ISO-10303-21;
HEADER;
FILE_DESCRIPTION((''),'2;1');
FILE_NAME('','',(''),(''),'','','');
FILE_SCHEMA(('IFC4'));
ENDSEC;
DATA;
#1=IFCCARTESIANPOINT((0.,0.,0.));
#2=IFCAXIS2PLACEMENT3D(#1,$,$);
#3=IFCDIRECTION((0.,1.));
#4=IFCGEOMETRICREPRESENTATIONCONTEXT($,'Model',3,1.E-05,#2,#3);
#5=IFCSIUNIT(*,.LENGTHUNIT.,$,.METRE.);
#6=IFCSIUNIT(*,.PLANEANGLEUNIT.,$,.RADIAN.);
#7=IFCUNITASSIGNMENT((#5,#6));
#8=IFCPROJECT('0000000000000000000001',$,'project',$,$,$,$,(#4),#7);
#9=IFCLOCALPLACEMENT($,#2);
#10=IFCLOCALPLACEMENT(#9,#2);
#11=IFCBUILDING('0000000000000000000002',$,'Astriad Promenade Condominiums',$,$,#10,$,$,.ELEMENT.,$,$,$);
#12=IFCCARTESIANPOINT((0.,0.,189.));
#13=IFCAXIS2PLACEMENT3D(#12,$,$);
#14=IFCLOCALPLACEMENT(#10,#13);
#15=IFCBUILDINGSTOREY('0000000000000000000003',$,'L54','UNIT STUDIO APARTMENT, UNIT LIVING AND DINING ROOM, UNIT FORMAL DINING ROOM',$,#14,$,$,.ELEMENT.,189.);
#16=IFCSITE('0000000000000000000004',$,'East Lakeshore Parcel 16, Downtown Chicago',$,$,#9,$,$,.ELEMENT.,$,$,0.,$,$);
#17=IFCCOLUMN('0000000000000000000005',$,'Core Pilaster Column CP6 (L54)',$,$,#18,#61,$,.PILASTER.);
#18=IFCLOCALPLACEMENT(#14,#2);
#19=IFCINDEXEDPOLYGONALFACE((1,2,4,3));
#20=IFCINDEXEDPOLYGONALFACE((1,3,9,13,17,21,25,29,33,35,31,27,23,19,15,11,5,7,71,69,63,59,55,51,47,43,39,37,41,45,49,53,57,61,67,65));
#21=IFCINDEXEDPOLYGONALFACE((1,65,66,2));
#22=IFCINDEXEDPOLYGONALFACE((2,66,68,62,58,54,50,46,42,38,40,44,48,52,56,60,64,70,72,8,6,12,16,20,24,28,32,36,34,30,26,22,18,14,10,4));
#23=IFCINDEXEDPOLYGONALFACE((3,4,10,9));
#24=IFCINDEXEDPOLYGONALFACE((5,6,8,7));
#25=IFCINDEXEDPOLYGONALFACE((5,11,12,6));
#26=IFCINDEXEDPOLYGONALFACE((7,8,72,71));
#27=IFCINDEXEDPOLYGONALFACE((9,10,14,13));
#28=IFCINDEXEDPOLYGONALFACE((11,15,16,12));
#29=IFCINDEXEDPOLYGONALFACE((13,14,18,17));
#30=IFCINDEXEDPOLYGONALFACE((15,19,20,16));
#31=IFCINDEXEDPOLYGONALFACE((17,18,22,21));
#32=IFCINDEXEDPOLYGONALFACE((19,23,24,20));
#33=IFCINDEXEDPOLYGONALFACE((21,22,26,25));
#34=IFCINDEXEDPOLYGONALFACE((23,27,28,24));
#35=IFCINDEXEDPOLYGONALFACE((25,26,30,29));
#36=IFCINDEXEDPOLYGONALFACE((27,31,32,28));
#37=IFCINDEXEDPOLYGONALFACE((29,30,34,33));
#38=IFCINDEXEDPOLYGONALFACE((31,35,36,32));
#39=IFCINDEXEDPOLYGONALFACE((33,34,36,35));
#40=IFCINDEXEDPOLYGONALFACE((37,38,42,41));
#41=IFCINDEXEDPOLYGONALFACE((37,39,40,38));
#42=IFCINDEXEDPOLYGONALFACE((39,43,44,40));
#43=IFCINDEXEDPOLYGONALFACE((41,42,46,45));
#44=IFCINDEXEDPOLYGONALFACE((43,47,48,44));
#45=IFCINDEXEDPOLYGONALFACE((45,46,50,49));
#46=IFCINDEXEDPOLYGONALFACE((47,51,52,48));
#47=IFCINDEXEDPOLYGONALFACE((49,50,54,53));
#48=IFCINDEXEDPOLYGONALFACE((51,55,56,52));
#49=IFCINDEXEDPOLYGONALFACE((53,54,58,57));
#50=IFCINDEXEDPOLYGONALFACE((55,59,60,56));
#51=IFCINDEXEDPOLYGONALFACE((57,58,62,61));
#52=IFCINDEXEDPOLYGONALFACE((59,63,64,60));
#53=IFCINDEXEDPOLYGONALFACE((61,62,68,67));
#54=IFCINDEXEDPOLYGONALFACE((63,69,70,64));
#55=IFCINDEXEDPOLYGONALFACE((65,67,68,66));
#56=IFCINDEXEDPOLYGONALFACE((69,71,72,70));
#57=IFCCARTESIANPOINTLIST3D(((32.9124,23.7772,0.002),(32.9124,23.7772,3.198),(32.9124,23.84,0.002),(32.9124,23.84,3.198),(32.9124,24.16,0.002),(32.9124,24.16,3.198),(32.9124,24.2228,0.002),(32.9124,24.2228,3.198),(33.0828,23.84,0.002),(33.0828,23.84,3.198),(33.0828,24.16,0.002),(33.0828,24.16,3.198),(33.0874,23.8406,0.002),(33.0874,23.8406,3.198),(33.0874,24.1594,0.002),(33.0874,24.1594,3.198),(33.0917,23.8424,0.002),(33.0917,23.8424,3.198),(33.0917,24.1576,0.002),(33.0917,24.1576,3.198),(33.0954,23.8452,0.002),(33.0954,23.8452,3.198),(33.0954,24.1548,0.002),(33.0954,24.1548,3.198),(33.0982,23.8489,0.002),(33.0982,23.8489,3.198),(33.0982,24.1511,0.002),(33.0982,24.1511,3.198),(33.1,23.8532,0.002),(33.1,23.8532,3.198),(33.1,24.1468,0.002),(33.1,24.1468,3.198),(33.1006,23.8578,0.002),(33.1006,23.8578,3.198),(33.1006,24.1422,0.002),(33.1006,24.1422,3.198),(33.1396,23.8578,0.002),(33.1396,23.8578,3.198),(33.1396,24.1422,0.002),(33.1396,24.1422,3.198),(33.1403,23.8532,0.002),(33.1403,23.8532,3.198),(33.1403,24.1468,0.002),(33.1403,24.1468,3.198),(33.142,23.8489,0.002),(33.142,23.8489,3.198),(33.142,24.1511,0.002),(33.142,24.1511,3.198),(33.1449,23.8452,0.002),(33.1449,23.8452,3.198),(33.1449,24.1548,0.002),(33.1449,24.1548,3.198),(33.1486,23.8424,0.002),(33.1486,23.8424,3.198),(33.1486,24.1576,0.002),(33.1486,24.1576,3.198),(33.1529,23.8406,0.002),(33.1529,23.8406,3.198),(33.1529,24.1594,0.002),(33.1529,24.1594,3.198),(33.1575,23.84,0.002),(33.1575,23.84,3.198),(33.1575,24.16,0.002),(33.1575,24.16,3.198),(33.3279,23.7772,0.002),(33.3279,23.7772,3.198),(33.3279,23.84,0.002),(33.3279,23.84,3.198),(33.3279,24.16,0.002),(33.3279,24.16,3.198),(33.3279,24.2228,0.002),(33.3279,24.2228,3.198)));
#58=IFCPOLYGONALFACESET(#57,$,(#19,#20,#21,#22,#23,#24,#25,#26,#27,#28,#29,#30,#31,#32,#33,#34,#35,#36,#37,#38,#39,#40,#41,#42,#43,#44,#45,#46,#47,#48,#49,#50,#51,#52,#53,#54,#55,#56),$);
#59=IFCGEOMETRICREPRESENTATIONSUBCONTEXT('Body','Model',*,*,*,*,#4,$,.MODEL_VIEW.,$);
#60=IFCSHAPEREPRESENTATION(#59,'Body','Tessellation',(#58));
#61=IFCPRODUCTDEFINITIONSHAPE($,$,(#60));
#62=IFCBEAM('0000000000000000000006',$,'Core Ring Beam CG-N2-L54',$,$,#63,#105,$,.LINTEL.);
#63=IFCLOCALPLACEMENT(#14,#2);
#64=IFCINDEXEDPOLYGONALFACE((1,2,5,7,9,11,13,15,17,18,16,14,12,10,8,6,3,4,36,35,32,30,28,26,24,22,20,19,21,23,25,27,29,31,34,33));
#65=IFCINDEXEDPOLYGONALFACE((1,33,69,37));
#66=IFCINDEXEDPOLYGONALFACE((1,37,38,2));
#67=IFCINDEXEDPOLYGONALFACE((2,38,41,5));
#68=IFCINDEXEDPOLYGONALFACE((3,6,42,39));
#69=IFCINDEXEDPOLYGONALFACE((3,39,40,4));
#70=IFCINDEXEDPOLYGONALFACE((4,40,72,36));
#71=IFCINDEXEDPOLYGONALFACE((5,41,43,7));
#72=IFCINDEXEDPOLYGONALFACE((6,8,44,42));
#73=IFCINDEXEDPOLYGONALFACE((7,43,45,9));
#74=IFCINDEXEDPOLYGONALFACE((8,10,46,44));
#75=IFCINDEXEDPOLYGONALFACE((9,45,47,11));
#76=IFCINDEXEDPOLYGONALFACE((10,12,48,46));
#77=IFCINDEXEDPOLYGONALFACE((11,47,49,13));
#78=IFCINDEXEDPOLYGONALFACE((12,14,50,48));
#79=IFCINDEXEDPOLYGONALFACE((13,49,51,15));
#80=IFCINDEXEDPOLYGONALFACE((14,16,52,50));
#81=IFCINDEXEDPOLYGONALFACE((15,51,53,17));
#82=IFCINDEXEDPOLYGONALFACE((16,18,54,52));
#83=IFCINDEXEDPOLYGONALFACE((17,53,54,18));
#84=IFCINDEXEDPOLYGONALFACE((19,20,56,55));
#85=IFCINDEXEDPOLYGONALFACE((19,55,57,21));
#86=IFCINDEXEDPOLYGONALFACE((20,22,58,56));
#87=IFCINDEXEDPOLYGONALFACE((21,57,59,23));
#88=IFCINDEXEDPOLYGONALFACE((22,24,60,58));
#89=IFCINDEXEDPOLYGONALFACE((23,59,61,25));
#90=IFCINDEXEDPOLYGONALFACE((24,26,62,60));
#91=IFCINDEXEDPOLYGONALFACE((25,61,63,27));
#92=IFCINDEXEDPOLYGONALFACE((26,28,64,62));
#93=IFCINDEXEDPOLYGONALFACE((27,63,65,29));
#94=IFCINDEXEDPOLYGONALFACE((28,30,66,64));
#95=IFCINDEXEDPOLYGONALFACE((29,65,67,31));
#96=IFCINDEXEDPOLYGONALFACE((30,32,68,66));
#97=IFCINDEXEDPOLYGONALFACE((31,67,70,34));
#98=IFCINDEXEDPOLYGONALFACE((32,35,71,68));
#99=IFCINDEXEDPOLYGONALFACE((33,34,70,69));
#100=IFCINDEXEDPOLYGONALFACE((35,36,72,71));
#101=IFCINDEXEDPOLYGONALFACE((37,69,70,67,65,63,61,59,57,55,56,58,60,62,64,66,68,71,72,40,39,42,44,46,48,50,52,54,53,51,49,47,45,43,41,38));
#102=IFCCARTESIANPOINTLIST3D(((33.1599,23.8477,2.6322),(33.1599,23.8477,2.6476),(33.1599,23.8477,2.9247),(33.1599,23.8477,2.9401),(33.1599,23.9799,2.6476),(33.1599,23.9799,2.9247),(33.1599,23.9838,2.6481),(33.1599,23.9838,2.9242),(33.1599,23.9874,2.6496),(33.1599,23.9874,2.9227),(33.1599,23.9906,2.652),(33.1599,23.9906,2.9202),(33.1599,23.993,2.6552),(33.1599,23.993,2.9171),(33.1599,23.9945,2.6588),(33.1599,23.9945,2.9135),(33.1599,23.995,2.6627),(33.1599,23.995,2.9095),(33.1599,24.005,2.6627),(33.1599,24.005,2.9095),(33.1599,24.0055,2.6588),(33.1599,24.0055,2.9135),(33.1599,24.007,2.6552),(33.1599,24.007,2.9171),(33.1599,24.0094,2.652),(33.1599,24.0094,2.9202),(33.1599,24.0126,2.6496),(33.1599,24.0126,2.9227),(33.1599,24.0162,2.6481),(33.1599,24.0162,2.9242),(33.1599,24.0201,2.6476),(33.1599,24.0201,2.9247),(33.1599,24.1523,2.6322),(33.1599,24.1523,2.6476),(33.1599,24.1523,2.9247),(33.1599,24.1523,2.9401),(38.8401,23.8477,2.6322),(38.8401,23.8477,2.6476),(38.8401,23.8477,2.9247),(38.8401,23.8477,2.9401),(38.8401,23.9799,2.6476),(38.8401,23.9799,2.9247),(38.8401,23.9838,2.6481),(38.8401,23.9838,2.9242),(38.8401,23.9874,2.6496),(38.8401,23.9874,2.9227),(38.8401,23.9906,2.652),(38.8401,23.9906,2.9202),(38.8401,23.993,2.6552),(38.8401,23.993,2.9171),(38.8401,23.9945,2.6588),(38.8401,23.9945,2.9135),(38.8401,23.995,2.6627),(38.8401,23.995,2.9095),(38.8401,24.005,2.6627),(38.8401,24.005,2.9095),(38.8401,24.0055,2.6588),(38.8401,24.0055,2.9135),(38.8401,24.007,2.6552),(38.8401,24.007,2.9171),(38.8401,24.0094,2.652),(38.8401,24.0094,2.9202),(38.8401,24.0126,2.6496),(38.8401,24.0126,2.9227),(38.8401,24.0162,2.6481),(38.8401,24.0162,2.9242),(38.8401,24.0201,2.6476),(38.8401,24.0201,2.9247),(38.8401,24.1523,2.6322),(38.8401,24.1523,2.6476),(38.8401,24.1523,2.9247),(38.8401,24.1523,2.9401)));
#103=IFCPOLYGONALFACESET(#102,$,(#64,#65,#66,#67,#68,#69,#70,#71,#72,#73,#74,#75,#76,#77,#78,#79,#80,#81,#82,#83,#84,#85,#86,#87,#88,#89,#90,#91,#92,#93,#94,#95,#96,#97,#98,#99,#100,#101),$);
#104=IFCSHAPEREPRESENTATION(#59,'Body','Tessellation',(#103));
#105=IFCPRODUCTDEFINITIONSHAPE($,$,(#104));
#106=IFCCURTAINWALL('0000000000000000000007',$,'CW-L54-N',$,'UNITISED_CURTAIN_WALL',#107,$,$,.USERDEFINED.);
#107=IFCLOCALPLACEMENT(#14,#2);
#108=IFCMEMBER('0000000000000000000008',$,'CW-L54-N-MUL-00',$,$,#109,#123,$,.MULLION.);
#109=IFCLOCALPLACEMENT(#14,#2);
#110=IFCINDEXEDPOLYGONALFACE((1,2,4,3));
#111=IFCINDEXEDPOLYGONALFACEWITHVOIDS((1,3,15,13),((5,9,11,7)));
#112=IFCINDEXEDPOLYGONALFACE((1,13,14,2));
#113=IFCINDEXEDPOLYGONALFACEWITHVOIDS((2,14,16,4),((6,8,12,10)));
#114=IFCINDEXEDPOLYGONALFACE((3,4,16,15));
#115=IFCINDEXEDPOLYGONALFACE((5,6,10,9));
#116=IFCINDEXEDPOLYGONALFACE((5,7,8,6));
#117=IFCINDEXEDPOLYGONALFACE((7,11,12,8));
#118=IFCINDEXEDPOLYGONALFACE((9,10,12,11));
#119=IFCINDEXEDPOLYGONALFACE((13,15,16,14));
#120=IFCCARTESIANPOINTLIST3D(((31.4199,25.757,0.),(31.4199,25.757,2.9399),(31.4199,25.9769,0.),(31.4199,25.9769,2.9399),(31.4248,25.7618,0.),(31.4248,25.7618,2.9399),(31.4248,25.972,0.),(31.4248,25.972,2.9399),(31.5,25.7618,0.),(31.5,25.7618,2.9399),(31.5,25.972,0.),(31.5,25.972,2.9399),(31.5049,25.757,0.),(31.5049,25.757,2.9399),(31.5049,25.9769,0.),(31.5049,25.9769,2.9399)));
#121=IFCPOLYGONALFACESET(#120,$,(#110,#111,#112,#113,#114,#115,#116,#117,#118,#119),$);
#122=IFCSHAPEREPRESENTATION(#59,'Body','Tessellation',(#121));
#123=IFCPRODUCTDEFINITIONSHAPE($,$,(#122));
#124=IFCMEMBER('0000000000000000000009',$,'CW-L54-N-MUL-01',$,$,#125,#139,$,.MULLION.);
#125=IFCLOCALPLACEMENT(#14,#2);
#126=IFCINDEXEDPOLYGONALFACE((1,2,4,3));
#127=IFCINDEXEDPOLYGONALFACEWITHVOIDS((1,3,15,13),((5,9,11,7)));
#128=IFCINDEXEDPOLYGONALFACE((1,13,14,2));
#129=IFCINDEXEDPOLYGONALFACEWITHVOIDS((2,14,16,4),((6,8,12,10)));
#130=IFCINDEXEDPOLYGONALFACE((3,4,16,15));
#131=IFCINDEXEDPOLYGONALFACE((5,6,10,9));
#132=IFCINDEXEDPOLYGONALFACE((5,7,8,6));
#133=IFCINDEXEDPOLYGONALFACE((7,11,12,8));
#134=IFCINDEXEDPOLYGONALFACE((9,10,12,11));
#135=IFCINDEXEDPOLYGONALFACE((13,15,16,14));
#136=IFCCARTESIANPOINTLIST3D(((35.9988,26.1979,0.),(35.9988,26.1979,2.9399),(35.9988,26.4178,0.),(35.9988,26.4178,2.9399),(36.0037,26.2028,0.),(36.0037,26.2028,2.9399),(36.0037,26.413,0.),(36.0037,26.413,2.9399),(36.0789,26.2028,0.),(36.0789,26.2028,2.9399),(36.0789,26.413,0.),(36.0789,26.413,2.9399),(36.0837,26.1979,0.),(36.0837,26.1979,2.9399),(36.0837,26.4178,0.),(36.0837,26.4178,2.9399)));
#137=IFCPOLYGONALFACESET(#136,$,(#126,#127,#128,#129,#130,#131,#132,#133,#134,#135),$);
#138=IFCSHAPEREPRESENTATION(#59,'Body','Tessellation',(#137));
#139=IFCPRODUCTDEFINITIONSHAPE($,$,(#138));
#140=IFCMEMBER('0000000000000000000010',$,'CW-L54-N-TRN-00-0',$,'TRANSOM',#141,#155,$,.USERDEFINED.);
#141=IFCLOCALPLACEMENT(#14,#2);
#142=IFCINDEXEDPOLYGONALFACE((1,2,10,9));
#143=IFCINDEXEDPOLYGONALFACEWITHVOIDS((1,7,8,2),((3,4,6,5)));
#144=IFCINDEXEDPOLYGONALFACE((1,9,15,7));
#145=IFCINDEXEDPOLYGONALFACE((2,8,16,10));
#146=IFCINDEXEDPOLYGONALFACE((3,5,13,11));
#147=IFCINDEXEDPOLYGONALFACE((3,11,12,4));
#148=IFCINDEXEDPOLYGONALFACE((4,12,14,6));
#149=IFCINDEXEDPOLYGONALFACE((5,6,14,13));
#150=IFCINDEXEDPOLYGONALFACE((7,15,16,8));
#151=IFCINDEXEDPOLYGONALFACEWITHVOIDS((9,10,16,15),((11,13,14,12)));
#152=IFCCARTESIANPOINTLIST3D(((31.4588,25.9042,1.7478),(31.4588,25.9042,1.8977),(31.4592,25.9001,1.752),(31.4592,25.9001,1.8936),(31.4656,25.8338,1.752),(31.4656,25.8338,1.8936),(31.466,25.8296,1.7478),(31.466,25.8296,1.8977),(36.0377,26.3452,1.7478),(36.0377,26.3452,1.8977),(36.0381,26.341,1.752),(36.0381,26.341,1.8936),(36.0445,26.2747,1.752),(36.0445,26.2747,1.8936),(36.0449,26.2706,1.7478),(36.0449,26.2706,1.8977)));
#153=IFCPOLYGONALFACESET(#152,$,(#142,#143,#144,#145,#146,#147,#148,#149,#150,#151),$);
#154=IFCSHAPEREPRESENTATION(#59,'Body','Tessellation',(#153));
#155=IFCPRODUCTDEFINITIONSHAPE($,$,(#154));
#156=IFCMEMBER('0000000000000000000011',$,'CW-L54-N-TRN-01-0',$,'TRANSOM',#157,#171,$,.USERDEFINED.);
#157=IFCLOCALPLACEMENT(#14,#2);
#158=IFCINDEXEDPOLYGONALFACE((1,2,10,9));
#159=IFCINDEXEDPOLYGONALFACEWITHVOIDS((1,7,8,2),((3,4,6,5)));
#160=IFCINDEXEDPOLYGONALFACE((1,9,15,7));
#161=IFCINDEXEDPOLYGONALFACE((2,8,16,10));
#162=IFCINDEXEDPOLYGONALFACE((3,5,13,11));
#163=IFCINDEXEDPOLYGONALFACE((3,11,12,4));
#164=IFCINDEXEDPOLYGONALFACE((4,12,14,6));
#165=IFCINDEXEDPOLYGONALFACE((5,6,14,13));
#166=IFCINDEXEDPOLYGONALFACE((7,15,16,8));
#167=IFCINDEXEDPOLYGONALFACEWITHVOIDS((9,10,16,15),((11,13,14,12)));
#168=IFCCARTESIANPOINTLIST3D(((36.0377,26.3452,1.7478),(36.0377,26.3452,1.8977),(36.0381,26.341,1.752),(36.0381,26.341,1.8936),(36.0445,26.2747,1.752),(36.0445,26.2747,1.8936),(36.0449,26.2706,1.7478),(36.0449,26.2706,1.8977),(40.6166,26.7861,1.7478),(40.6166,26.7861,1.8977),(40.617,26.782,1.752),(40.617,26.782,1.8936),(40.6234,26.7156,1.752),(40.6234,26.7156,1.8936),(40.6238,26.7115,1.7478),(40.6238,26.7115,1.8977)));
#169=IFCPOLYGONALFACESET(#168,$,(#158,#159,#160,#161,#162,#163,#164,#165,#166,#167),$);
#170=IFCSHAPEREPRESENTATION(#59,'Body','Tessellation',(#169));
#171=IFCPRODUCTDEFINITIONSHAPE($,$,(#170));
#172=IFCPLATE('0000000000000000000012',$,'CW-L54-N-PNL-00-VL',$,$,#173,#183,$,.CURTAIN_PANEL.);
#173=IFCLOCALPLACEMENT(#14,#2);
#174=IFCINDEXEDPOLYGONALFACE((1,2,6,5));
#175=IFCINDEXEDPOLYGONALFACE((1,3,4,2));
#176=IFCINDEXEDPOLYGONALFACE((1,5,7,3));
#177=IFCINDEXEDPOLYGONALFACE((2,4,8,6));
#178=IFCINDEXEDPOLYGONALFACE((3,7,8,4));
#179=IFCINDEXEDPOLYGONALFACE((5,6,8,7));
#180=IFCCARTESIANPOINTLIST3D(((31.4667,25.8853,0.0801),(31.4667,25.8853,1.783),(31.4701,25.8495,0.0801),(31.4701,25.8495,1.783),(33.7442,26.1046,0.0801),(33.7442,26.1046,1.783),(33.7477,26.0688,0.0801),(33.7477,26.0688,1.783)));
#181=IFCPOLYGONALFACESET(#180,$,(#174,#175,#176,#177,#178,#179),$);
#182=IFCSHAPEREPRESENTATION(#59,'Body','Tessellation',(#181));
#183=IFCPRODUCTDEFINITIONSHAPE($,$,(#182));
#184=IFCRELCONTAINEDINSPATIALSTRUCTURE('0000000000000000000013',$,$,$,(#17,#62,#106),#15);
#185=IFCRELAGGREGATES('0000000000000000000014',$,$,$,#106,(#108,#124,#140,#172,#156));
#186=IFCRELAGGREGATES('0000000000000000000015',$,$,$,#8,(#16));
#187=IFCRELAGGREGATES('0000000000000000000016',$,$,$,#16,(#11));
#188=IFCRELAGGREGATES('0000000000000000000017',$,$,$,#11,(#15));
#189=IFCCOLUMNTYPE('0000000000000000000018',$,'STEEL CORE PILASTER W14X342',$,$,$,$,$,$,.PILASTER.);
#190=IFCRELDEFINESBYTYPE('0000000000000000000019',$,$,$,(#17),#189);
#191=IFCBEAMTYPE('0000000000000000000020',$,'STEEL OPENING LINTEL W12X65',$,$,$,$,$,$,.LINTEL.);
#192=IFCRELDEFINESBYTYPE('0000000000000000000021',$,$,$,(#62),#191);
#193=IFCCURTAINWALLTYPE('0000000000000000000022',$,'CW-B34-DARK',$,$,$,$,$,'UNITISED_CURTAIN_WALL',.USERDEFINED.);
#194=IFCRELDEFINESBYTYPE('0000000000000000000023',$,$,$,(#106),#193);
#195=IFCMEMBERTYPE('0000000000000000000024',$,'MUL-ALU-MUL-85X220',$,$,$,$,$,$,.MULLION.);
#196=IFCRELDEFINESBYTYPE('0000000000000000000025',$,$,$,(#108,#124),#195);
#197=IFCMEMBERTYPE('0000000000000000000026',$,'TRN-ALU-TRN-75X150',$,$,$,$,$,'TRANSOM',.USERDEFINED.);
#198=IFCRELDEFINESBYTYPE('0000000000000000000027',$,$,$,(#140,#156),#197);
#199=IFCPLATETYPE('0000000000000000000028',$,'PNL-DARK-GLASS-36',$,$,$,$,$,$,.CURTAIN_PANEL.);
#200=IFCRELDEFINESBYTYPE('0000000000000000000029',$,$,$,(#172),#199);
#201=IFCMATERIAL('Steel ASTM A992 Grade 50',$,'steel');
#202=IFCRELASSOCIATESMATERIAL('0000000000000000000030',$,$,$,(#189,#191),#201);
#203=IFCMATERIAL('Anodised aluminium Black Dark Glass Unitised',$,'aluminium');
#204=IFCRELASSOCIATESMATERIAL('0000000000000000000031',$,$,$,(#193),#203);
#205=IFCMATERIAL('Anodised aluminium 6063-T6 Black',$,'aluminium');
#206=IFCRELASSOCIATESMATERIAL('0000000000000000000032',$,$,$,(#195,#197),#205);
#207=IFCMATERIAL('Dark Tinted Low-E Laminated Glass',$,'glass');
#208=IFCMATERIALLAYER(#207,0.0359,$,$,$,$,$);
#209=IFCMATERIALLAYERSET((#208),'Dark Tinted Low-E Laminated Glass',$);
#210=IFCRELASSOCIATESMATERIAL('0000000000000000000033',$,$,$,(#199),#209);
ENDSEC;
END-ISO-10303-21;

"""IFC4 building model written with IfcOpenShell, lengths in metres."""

from ifc_helpers import new_model, si_unit, direction, frame, origin, origin_2d, place, context, subcontext, project, spatial, rectangle, hollow_rectangle, i_section, extrude, source, transform, mapped, material, layer, layer_set, material_profile, profile_set, type_object, type_shapes, element, aggregate, save


model = new_model("IFC4")

# Units and contexts
model_context = context("Model", 3, precision=1e-05, world=origin(), true_north=direction((0.0, 1.0)))
body_context = subcontext(model_context, "Body", "Model", "MODEL_VIEW")
ifc_project = project(units=[si_unit("LENGTHUNIT", "METRE"), si_unit("PLANEANGLEUNIT", "RADIAN")], contexts=[model_context])

# Site, building, storey
site_placement = place(None, origin())
site = spatial("IfcSite", under=ifc_project, at=site_placement, Name="East Lakeshore Parcel 16, Downtown Chicago", CompositionType="ELEMENT", RefElevation=0.0)
building_placement = place(site_placement, origin())
building = spatial("IfcBuilding", under=site, at=building_placement, Name="Astriad Promenade Condominiums", CompositionType="ELEMENT")
storey_placement = place(building_placement, frame((0.0, 0.0, 189.0)))
storey = spatial("IfcBuildingStorey", under=building, at=storey_placement, Name="L54", Description="UNIT STUDIO APARTMENT, UNIT LIVING AND DINING ROOM, UNIT FORMAL DINING ROOM", CompositionType="ELEMENT", Elevation=189.0)

# Column
ifc_material_1 = material(Name="Steel ASTM A992 Grade 50", Category="steel")
ifc_material_profile_1 = material_profile(ifc_material_1, i_section(OverallWidth=0.4155, OverallDepth=0.4456, WebThickness=0.0391, FlangeThickness=0.0627, FilletRadius=0.0178, at=origin_2d()), Name="W14X342")
ifc_profile_set_1 = profile_set([ifc_material_profile_1], Name="Steel ASTM A992 Grade 50")
column_type = type_object("IfcColumnType", Name="STEEL CORE PILASTER W14X342", PredefinedType="PILASTER", material=ifc_profile_set_1)
shared_shape_1 = source(origin(), body_context, "Body", "SweptSolid", [
    extrude(i_section(OverallWidth=0.4155, OverallDepth=0.4456, WebThickness=0.0391, FlangeThickness=0.0627, FilletRadius=0.0178, at=origin_2d()), origin(), (0.0, 0.0, 1.0), 3.196),
])
type_shapes(column_type, [shared_shape_1])
column_placement = place(storey_placement, frame((33.1201, 24.0, 0.002), z_axis=(0.0, 0.0, 1.0), x_axis=(1.0, 0.0, 0.0)))
element("IfcColumn", 1, at=column_placement, inside=storey, type_object=column_type, Name="Core Pilaster Column CP6 (L54)", PredefinedType="PILASTER", context=body_context, shape_type="MappedRepresentation", body=[
    mapped(shared_shape_1, transform((0.0, 0.0, 0.0), scale=1.0)),
])

# Beam
ifc_material_profile_2 = material_profile(ifc_material_1, i_section(OverallWidth=0.3047, OverallDepth=0.3079, WebThickness=0.01, FlangeThickness=0.0154, FilletRadius=0.0151, at=origin_2d()), Name="W12X65")
ifc_profile_set_2 = profile_set([ifc_material_profile_2], Name="Steel ASTM A992 Grade 50")
beam_type = type_object("IfcBeamType", Name="STEEL OPENING LINTEL W12X65", PredefinedType="LINTEL", material=ifc_profile_set_2)
shared_shape_2 = source(origin(), body_context, "Body", "SweptSolid", [
    extrude(i_section(OverallWidth=0.3047, OverallDepth=0.3079, WebThickness=0.01, FlangeThickness=0.0154, FilletRadius=0.0151, at=origin_2d()), origin(), (0.0, 0.0, 1.0), 5.6802),
])
type_shapes(beam_type, [shared_shape_2])
beam_placement = place(storey_placement, frame((33.1599, 24.0, 2.7861), z_axis=(1.0, 0.0, 0.0), x_axis=(0.0, 1.0, 0.0)))
element("IfcBeam", 2, at=beam_placement, inside=storey, type_object=beam_type, Name="Core Ring Beam CG-N2-L54", PredefinedType="LINTEL", context=body_context, shape_type="MappedRepresentation", body=[
    mapped(shared_shape_2, transform((0.0, 0.0, 0.0), scale=1.0)),
])

# Curtain wall, members, plate
ifc_material_2 = material(Name="Anodised aluminium Black Dark Glass Unitised", Category="aluminium")
curtain_wall_type = type_object("IfcCurtainWallType", Name="CW-B34-DARK", ElementType="UNITISED_CURTAIN_WALL", PredefinedType="USERDEFINED", material=ifc_material_2)
curtain_wall_placement = place(storey_placement, origin())
curtain_wall = element("IfcCurtainWall", 3, at=curtain_wall_placement, inside=storey, type_object=curtain_wall_type, Name="CW-L54-N", ObjectType="UNITISED_CURTAIN_WALL", PredefinedType="USERDEFINED")
ifc_material_3 = material(Name="Anodised aluminium 6063-T6 Black", Category="aluminium")
ifc_material_profile_3 = material_profile(ifc_material_3, hollow_rectangle(XDim=0.085, YDim=0.22, WallThickness=0.0049, at=origin_2d()), Name="ALU-MUL-85X220")
ifc_profile_set_3 = profile_set([ifc_material_profile_3], Name="Anodised aluminium 6063-T6 Black")
member_type_1 = type_object("IfcMemberType", Name="MUL-ALU-MUL-85X220", PredefinedType="MULLION", material=ifc_profile_set_3)
shared_shape_3 = source(origin(), body_context, "Body", "SweptSolid", [
    extrude(hollow_rectangle(XDim=0.085, YDim=0.22, WallThickness=0.0049, at=origin_2d()), origin(), (0.0, 0.0, 1.0), 2.9399),
])
type_shapes(member_type_1, [shared_shape_3])
member_1_placement = place(storey_placement, frame((31.4624, 25.8669, 0.0), z_axis=(0.0, 0.0, 1.0), x_axis=(1.0, 0.0, 0.0)))
member_1 = element("IfcMember", 4, at=member_1_placement, type_object=member_type_1, Name="CW-L54-N-MUL-00", PredefinedType="MULLION", context=body_context, shape_type="MappedRepresentation", body=[
    mapped(shared_shape_3, transform((0.0, 0.0, 0.0), scale=1.0)),
])
member_2_placement = place(storey_placement, frame((36.0413, 26.3079, 0.0), z_axis=(0.0, 0.0, 1.0), x_axis=(1.0, 0.0, 0.0)))
member_2 = element("IfcMember", 5, at=member_2_placement, type_object=member_type_1, Name="CW-L54-N-MUL-01", PredefinedType="MULLION", context=body_context, shape_type="MappedRepresentation", body=[
    mapped(shared_shape_3, transform((0.0, 0.0, 0.0), scale=1.0)),
])
ifc_material_profile_4 = material_profile(ifc_material_3, hollow_rectangle(XDim=0.075, YDim=0.1499, WallThickness=0.0042, at=origin_2d()), Name="ALU-TRN-75X150")
ifc_profile_set_4 = profile_set([ifc_material_profile_4], Name="Anodised aluminium 6063-T6 Black")
member_type_2 = type_object("IfcMemberType", Name="TRN-ALU-TRN-75X150", ElementType="TRANSOM", PredefinedType="USERDEFINED", material=ifc_profile_set_4)
shared_shape_4 = source(origin(), body_context, "Body", "SweptSolid", [
    extrude(hollow_rectangle(XDim=0.075, YDim=0.1499, WallThickness=0.0042, at=origin_2d()), origin(), (0.0, 0.0, 1.0), 4.6001),
])
type_shapes(member_type_2, [shared_shape_4])
member_3_placement = place(storey_placement, frame((31.4624, 25.8669, 1.8228), z_axis=(0.995396, 0.095851, 0.0), x_axis=(-0.095851, 0.995396, 0.0)))
member_3 = element("IfcMember", 6, at=member_3_placement, type_object=member_type_2, Name="CW-L54-N-TRN-00-0", ObjectType="TRANSOM", PredefinedType="USERDEFINED", context=body_context, shape_type="MappedRepresentation", body=[
    mapped(shared_shape_4, transform((0.0, 0.0, 0.0), scale=1.0)),
])
member_4_placement = place(storey_placement, frame((36.0413, 26.3079, 1.8228), z_axis=(0.995396, 0.095851, 0.0), x_axis=(-0.095851, 0.995396, 0.0)))
member_4 = element("IfcMember", 7, at=member_4_placement, type_object=member_type_2, Name="CW-L54-N-TRN-01-0", ObjectType="TRANSOM", PredefinedType="USERDEFINED", context=body_context, shape_type="MappedRepresentation", body=[
    mapped(shared_shape_4, transform((0.0, 0.0, 0.0), scale=1.0)),
])
ifc_material_4 = material(Name="Dark Tinted Low-E Laminated Glass", Category="glass")
ifc_layer_1 = layer(ifc_material_4, 0.0359)
ifc_layer_set_1 = layer_set([ifc_layer_1], Name="Dark Tinted Low-E Laminated Glass")
plate_type = type_object("IfcPlateType", Name="PNL-DARK-GLASS-36", PredefinedType="CURTAIN_PANEL", material=ifc_layer_set_1)
shared_shape_5 = source(origin(), body_context, "Body", "SweptSolid", [
    extrude(rectangle(XDim=2.2881, YDim=0.0359, at=origin_2d()), origin(), (0.0, 0.0, 1.0), 1.7029),
])
plate_1_placement = place(storey_placement, frame((32.6072, 25.9771, 0.0801), z_axis=(0.0, 0.0, 1.0), x_axis=(0.995396, 0.095846, 0.0)))
plate_1 = element("IfcPlate", 8, at=plate_1_placement, type_object=plate_type, Name="CW-L54-N-PNL-00-VL", PredefinedType="CURTAIN_PANEL", context=body_context, shape_type="MappedRepresentation", body=[
    mapped(shared_shape_5, transform((0.0, 0.0, 0.0), scale=1.0)),
])
aggregate(curtain_wall, [member_1, member_2, member_3, plate_1, member_4])

save(model, "model.ifc")
